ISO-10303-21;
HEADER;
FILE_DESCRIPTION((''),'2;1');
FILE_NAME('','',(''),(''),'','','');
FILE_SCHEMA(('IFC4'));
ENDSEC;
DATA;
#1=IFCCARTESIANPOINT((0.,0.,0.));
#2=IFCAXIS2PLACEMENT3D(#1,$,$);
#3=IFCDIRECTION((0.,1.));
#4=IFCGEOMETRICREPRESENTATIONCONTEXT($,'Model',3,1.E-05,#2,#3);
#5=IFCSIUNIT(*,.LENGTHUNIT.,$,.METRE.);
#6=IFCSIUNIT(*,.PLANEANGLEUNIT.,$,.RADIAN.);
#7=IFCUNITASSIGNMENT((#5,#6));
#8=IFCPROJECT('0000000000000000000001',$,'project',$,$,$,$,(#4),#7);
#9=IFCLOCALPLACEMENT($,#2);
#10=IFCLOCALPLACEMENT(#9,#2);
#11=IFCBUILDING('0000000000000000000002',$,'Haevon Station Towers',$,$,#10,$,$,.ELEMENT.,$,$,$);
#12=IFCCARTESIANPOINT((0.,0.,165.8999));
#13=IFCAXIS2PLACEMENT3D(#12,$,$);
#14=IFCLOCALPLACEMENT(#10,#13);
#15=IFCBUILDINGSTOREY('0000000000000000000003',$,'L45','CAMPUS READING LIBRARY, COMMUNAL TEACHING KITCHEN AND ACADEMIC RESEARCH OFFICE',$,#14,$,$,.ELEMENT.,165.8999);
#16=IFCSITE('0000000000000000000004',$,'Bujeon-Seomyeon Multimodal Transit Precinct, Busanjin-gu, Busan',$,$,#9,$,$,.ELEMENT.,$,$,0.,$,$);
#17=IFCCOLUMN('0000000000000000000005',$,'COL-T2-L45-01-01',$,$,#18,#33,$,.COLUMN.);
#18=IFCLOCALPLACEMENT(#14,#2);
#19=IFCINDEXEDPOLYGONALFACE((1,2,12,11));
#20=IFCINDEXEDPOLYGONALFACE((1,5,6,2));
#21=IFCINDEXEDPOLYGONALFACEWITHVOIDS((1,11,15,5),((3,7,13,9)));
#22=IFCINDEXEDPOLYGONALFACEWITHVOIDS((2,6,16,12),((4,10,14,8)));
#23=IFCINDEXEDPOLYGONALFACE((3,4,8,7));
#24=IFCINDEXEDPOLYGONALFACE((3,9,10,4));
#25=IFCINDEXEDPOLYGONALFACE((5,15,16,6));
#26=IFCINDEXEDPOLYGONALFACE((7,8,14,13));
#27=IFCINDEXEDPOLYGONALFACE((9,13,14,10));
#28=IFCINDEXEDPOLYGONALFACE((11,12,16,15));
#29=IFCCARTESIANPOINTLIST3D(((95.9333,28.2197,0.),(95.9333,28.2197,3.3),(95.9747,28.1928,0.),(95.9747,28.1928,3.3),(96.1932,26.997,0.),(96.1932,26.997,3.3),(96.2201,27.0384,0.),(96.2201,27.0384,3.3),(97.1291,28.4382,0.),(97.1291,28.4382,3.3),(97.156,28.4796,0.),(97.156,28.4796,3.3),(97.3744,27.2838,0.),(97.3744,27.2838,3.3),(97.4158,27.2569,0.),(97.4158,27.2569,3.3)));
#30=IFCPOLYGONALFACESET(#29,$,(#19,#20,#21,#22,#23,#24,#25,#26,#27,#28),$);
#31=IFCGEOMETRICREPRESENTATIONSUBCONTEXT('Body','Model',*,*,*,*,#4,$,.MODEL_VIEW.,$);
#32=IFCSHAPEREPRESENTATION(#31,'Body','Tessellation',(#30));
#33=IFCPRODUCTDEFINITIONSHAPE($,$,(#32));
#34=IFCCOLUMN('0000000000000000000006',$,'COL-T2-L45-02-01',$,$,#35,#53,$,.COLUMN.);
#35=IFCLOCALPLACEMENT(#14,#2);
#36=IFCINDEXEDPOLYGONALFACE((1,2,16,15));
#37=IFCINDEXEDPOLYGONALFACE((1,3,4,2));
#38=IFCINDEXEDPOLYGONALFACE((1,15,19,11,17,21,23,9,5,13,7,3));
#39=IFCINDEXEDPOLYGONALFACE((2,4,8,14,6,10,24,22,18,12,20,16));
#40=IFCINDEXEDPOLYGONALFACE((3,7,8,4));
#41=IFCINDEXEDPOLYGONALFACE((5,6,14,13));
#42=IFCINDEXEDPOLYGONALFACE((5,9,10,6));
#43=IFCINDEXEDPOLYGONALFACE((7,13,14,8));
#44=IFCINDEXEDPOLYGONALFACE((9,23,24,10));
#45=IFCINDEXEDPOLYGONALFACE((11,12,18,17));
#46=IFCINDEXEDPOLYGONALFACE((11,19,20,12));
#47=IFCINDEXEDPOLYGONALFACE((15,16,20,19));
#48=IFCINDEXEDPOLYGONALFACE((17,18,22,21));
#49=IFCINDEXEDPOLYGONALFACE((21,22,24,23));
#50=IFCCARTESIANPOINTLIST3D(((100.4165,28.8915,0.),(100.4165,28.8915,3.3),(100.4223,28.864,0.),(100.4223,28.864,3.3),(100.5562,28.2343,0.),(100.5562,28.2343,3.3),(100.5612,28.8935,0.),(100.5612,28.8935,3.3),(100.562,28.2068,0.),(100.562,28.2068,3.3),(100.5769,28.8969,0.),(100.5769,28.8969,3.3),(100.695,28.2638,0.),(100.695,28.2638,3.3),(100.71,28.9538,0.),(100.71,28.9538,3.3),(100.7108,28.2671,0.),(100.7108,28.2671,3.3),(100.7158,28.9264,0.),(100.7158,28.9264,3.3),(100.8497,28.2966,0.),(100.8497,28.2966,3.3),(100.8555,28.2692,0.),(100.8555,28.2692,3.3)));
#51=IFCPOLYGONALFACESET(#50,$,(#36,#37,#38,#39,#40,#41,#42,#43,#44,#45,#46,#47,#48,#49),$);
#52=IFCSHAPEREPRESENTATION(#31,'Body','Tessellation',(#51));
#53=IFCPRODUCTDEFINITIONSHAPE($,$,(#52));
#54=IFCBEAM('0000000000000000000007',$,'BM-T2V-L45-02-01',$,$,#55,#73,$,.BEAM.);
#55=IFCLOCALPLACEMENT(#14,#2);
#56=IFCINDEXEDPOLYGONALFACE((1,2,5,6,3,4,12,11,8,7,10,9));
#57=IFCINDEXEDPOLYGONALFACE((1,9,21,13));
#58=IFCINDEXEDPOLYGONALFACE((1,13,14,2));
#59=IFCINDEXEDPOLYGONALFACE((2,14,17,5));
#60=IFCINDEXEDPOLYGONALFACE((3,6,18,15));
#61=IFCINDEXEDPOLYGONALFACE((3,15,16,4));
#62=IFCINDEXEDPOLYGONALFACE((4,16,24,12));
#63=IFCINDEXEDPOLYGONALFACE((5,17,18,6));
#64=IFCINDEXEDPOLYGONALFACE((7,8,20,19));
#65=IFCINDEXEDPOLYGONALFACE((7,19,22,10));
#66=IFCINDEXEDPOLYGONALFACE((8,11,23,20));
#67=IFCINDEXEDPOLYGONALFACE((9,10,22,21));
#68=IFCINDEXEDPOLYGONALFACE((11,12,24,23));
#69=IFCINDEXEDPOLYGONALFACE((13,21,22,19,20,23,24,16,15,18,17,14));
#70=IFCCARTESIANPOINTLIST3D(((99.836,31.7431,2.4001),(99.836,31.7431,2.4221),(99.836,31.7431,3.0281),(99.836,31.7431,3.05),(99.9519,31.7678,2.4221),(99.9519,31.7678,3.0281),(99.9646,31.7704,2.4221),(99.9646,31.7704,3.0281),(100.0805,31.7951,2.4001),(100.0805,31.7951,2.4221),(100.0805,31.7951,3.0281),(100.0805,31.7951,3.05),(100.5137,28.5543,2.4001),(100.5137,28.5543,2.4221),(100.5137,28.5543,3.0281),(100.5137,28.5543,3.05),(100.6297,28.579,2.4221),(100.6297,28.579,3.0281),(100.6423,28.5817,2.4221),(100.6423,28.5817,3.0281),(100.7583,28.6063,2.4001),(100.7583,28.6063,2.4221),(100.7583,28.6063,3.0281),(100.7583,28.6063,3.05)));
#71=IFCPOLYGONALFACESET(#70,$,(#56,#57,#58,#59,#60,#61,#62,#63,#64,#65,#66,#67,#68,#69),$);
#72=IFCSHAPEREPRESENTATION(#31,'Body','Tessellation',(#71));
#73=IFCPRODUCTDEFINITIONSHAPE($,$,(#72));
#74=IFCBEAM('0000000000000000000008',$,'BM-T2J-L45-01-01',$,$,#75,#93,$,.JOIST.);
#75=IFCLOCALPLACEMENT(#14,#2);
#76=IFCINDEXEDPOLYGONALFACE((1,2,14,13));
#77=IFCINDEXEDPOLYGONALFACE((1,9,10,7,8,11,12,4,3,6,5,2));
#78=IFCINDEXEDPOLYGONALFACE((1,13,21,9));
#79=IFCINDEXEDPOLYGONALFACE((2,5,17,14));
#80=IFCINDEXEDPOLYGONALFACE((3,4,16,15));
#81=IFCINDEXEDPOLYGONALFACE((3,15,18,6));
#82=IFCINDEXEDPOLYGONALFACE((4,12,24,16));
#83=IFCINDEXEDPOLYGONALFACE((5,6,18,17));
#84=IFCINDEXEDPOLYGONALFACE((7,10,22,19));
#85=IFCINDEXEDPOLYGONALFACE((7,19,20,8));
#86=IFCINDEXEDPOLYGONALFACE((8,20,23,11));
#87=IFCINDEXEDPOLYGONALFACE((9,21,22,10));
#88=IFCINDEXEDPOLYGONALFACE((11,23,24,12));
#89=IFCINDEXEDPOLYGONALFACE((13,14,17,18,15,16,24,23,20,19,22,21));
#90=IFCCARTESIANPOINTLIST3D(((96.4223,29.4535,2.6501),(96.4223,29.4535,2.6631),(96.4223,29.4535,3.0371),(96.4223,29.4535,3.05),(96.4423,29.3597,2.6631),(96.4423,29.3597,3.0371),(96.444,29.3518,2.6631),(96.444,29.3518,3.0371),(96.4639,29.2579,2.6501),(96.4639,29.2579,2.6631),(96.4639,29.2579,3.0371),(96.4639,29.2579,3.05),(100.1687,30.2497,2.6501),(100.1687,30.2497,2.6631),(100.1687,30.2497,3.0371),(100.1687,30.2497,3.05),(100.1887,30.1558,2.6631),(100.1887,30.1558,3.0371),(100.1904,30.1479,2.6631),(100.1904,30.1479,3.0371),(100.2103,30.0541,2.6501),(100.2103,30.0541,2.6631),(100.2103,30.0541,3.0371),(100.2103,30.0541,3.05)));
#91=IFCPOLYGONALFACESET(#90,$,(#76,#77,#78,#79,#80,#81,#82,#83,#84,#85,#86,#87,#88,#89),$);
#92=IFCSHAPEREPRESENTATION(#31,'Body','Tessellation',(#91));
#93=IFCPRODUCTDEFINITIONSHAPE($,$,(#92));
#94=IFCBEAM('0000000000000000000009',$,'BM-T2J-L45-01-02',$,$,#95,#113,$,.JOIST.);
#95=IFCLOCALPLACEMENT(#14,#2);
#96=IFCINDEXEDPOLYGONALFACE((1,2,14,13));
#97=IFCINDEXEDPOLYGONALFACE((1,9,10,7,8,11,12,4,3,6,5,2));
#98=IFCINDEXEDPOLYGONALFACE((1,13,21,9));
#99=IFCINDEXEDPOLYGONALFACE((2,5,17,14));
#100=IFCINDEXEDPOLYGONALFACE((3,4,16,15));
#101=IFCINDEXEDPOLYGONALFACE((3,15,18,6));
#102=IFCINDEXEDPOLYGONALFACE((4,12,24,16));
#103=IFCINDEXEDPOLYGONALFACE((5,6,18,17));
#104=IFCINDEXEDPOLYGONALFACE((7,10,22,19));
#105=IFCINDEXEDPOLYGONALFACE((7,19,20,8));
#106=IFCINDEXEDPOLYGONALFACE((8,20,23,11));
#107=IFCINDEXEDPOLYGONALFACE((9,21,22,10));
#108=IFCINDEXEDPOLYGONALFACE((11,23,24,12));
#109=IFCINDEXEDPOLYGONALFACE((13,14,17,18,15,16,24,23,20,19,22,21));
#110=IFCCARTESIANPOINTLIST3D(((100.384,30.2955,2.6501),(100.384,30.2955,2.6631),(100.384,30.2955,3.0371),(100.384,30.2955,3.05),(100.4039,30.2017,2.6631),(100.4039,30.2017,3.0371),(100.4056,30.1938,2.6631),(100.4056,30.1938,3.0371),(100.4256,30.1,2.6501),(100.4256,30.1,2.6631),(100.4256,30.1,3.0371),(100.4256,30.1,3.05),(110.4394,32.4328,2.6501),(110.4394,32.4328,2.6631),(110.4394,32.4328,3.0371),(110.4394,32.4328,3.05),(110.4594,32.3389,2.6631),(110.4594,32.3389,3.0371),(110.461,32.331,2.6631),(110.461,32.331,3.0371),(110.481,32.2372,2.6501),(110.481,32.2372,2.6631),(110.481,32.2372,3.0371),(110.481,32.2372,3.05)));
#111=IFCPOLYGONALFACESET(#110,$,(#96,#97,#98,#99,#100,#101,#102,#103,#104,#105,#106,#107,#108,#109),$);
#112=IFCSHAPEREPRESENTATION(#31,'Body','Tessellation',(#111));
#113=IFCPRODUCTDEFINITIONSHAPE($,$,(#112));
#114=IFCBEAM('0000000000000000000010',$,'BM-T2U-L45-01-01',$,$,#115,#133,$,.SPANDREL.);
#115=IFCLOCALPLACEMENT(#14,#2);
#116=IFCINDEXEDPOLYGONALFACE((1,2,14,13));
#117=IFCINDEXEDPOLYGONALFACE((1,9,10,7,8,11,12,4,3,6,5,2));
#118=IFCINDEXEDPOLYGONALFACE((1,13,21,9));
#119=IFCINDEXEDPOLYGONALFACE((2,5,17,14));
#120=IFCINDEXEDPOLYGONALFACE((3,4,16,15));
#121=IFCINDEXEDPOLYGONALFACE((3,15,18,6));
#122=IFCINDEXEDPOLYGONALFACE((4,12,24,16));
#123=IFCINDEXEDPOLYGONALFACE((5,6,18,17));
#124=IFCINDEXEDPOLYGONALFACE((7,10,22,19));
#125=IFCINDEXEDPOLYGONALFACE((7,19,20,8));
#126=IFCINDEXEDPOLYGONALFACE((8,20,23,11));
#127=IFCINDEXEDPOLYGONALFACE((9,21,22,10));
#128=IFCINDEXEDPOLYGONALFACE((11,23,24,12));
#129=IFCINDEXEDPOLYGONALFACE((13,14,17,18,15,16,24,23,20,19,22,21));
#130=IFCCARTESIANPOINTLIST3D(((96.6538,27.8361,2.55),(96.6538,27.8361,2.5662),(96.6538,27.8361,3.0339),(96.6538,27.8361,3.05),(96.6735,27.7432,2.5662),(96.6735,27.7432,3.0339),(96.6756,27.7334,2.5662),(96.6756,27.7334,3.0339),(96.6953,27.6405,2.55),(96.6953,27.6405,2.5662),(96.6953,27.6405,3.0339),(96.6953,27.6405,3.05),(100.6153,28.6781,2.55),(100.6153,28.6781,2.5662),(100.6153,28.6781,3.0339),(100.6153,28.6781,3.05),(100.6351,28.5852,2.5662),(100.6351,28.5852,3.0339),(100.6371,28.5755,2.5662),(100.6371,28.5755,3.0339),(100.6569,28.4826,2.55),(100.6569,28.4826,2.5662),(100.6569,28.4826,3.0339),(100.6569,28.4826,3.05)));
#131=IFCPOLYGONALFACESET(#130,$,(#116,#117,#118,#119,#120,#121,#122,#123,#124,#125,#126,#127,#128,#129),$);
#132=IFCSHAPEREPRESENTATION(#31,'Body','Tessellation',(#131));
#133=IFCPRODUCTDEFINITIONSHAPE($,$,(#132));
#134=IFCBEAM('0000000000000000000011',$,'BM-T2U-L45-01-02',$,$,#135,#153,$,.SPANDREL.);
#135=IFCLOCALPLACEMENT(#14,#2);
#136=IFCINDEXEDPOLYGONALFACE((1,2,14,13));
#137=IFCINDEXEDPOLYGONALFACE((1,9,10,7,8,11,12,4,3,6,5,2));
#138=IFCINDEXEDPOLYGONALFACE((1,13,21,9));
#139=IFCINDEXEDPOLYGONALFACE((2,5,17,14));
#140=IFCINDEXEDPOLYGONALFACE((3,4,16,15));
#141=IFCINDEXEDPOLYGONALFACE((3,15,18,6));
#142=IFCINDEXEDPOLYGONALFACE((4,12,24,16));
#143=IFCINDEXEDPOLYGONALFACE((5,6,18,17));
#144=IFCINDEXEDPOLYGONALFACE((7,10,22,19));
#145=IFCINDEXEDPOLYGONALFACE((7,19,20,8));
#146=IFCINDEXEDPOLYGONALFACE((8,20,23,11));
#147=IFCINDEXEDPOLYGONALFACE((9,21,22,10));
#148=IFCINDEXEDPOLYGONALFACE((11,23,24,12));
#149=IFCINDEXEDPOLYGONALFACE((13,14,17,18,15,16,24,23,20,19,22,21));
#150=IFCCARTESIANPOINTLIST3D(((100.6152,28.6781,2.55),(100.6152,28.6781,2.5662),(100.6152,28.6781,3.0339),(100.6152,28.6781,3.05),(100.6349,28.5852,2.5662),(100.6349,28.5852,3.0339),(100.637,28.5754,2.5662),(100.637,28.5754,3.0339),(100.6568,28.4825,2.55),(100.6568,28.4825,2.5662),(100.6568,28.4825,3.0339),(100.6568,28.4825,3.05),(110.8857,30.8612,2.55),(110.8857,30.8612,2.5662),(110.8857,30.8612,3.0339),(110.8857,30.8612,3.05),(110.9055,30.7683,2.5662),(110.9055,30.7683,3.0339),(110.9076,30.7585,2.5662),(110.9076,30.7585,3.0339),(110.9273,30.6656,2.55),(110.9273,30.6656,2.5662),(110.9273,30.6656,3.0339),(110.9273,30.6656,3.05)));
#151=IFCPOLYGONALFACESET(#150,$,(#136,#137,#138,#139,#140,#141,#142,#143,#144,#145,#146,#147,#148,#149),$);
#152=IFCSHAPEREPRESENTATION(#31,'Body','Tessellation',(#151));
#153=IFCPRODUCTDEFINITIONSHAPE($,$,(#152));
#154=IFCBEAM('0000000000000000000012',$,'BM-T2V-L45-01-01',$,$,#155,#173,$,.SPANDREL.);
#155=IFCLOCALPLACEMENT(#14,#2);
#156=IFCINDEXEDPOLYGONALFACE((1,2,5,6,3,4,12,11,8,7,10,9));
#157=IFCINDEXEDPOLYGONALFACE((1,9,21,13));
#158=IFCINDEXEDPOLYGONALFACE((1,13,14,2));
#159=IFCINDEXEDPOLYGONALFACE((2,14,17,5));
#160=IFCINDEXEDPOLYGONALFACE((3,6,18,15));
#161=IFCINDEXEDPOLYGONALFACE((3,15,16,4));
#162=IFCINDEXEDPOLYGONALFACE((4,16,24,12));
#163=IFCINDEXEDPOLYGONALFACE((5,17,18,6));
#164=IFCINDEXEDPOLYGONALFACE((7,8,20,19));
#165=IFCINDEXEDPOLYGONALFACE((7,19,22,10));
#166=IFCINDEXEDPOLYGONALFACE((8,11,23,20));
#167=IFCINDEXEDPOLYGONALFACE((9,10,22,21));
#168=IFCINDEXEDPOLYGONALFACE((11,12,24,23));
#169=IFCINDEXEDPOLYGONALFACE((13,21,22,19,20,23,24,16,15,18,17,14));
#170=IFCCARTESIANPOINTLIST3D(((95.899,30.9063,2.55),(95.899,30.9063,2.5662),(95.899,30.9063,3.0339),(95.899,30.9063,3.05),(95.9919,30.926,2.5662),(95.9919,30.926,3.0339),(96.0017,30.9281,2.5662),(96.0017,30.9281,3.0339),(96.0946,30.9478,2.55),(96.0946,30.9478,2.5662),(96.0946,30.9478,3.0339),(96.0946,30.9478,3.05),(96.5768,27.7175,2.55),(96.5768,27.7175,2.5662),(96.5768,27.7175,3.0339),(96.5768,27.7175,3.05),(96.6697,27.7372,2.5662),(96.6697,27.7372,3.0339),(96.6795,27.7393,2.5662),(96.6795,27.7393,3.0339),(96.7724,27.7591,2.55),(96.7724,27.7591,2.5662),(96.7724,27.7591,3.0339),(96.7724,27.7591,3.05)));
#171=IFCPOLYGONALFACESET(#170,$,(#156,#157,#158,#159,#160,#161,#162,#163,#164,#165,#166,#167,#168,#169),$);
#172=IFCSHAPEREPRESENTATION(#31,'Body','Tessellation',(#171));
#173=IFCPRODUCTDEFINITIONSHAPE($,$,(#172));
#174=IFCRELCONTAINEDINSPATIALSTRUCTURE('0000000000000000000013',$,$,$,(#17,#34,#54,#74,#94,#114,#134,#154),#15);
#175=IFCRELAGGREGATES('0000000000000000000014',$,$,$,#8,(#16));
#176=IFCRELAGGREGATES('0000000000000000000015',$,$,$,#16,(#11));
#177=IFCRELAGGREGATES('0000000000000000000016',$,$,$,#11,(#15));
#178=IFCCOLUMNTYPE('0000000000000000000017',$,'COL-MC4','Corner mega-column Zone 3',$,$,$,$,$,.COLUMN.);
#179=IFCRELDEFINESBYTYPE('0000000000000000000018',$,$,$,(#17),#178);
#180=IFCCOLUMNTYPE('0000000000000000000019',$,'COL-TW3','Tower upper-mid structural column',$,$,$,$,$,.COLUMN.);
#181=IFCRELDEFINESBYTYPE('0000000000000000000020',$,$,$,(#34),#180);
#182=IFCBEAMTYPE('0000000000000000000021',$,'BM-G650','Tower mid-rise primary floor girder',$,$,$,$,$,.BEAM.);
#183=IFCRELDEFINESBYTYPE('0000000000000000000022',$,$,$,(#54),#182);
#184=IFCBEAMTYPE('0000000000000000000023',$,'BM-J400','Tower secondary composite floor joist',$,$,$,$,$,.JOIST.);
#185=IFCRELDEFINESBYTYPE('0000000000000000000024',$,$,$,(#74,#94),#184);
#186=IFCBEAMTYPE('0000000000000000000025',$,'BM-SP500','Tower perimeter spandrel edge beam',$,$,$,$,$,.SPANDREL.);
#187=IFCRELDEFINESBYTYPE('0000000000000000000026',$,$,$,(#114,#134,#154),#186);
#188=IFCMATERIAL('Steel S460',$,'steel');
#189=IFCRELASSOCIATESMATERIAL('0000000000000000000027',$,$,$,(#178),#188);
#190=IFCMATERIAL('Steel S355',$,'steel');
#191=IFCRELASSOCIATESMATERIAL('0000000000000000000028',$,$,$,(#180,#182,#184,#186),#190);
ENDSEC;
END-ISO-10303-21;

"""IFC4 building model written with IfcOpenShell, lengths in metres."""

from ifc_helpers import new_model, si_unit, direction, frame, origin, origin_2d, place, context, subcontext, project, spatial, hollow_rectangle, i_section, extrude, material, material_profile, profile_set, type_object, element, save


model = new_model("IFC4")

# Units and contexts
model_context = context("Model", 3, precision=1e-05, world=origin(), true_north=direction((0.0, 1.0)))
body_context = subcontext(model_context, "Body", "Model", "MODEL_VIEW")
ifc_project = project(units=[si_unit("LENGTHUNIT", "METRE"), si_unit("PLANEANGLEUNIT", "RADIAN")], contexts=[model_context])

# Site, building, storey
site_placement = place(None, origin())
site = spatial("IfcSite", under=ifc_project, at=site_placement, Name="Bujeon-Seomyeon Multimodal Transit Precinct, Busanjin-gu, Busan", CompositionType="ELEMENT", RefElevation=0.0)
building_placement = place(site_placement, origin())
building = spatial("IfcBuilding", under=site, at=building_placement, Name="Haevon Station Towers", CompositionType="ELEMENT")
storey_placement = place(building_placement, frame((0.0, 0.0, 165.8999)))
storey = spatial("IfcBuildingStorey", under=building, at=storey_placement, Name="L45", Description="CAMPUS READING LIBRARY, COMMUNAL TEACHING KITCHEN AND ACADEMIC RESEARCH OFFICE", CompositionType="ELEMENT", Elevation=165.8999)

# Columns
ifc_material_1 = material(Name="Steel S460", Category="steel")
ifc_material_profile_1 = material_profile(ifc_material_1, hollow_rectangle(XDim=1.25, YDim=1.25, WallThickness=0.0349, at=origin_2d()), Name="BOX-1250x1250x35")
ifc_profile_set_1 = profile_set([ifc_material_profile_1], Name="Steel S460")
column_type_1 = type_object("IfcColumnType", Name="COL-MC4", Description="Corner mega-column Zone 3", PredefinedType="COLUMN", material=ifc_profile_set_1)
column_1_placement = place(storey_placement, frame((96.6746, 27.7383, 0.0), z_axis=(0.0, 0.0, 1.0), x_axis=(0.978148, 0.207912, 0.0)))
element("IfcColumn", 1, at=column_1_placement, inside=storey, type_object=column_type_1, Name="COL-T2-L45-01-01", PredefinedType="COLUMN", context=body_context, shape_type="SweptSolid", body=[
    extrude(hollow_rectangle(XDim=1.25, YDim=1.25, WallThickness=0.0349, at=origin_2d()), origin(), (0.0, 0.0, 1.0), 3.3),
])
ifc_material_2 = material(Name="Steel S355", Category="steel")
ifc_material_profile_2 = material_profile(ifc_material_2, i_section(OverallWidth=0.3, OverallDepth=0.7, WebThickness=0.0161, FlangeThickness=0.0281, at=origin_2d()), Name="H-700x300x16x28")
ifc_profile_set_2 = profile_set([ifc_material_profile_2], Name="Steel S355")
column_type_2 = type_object("IfcColumnType", Name="COL-TW3", Description="Tower upper-mid structural column", PredefinedType="COLUMN", material=ifc_profile_set_2)
column_2_placement = place(storey_placement, frame((100.636, 28.5803, 0.0), z_axis=(0.0, 0.0, 1.0), x_axis=(0.978148, 0.207912, 0.0)))
element("IfcColumn", 2, at=column_2_placement, inside=storey, type_object=column_type_2, Name="COL-T2-L45-02-01", PredefinedType="COLUMN", context=body_context, shape_type="SweptSolid", body=[
    extrude(i_section(OverallWidth=0.3, OverallDepth=0.7, WebThickness=0.0161, FlangeThickness=0.0281, at=origin_2d()), origin(), (0.0, 0.0, 1.0), 3.3),
])

# Beams
ifc_material_profile_3 = material_profile(ifc_material_2, i_section(OverallWidth=0.25, OverallDepth=0.6499, WebThickness=0.0129, FlangeThickness=0.022, at=origin_2d()), Name="H-650x250x13x22")
ifc_profile_set_3 = profile_set([ifc_material_profile_3], Name="Steel S355")
beam_type_1 = type_object("IfcBeamType", Name="BM-G650", Description="Tower mid-rise primary floor girder", PredefinedType="BEAM", material=ifc_profile_set_3)
beam_1_placement = place(storey_placement, frame((100.636, 28.5803, 2.7251), z_axis=(-0.207897, 0.978151, 0.0), x_axis=(-0.978151, -0.207897, 0.0)))
element("IfcBeam", 3, at=beam_1_placement, inside=storey, type_object=beam_type_1, Name="BM-T2V-L45-02-01", PredefinedType="BEAM", context=body_context, shape_type="SweptSolid", body=[
    extrude(i_section(OverallWidth=0.25, OverallDepth=0.6499, WebThickness=0.0129, FlangeThickness=0.022, at=origin_2d()), origin(), (0.0, 0.0, 1.0), 3.26),
])
ifc_material_profile_4 = material_profile(ifc_material_2, i_section(OverallWidth=0.2, OverallDepth=0.3999, WebThickness=0.0081, FlangeThickness=0.0129, at=origin_2d()), Name="H-400x200x8x13")
ifc_profile_set_4 = profile_set([ifc_material_profile_4], Name="Steel S355")
beam_type_2 = type_object("IfcBeamType", Name="BM-J400", Description="Tower secondary composite floor joist", PredefinedType="JOIST", material=ifc_profile_set_4)
beam_2_placement = place(storey_placement, frame((96.4431, 29.3557, 2.8501), z_axis=(0.978156, 0.20787, 0.0), x_axis=(-0.20787, 0.978156, 0.0)))
element("IfcBeam", 4, at=beam_2_placement, inside=storey, type_object=beam_type_2, Name="BM-T2J-L45-01-01", PredefinedType="JOIST", context=body_context, shape_type="SweptSolid", body=[
    extrude(i_section(OverallWidth=0.2, OverallDepth=0.3999, WebThickness=0.0081, FlangeThickness=0.0129, at=origin_2d()), origin(), (0.0, 0.0, 1.0), 3.8301),
])
beam_3_placement = place(storey_placement, frame((100.4048, 30.1978, 2.8501), z_axis=(0.97815, 0.207899, 0.0), x_axis=(-0.207899, 0.97815, 0.0)))
element("IfcBeam", 5, at=beam_3_placement, inside=storey, type_object=beam_type_2, Name="BM-T2J-L45-01-02", PredefinedType="JOIST", context=body_context, shape_type="SweptSolid", body=[
    extrude(i_section(OverallWidth=0.2, OverallDepth=0.3999, WebThickness=0.0081, FlangeThickness=0.0129, at=origin_2d()), origin(), (0.0, 0.0, 1.0), 10.28),
])
ifc_material_profile_5 = material_profile(ifc_material_2, i_section(OverallWidth=0.2, OverallDepth=0.5, WebThickness=0.01, FlangeThickness=0.0161, at=origin_2d()), Name="H-500x200x10x16")
ifc_profile_set_5 = profile_set([ifc_material_profile_5], Name="Steel S355")
beam_type_3 = type_object("IfcBeamType", Name="BM-SP500", Description="Tower perimeter spandrel edge beam", PredefinedType="SPANDREL", material=ifc_profile_set_5)
beam_4_placement = place(storey_placement, frame((96.6746, 27.7383, 2.8), z_axis=(0.978147, 0.207915, 0.0), x_axis=(-0.207915, 0.978147, 0.0)))
element("IfcBeam", 6, at=beam_4_placement, inside=storey, type_object=beam_type_3, Name="BM-T2U-L45-01-01", PredefinedType="SPANDREL", context=body_context, shape_type="SweptSolid", body=[
    extrude(i_section(OverallWidth=0.2, OverallDepth=0.5, WebThickness=0.01, FlangeThickness=0.0161, at=origin_2d()), origin(), (0.0, 0.0, 1.0), 4.05),
])
beam_5_placement = place(storey_placement, frame((100.636, 28.5803, 2.8), z_axis=(0.978147, 0.207915, 0.0), x_axis=(-0.207915, 0.978147, 0.0)))
element("IfcBeam", 7, at=beam_5_placement, inside=storey, type_object=beam_type_3, Name="BM-T2U-L45-01-02", PredefinedType="SPANDREL", context=body_context, shape_type="SweptSolid", body=[
    extrude(i_section(OverallWidth=0.2, OverallDepth=0.5, WebThickness=0.01, FlangeThickness=0.0161, at=origin_2d()), origin(), (0.0, 0.0, 1.0), 10.5),
])
beam_6_placement = place(storey_placement, frame((96.6746, 27.7383, 2.8), z_axis=(-0.207897, 0.978151, 0.0), x_axis=(-0.978151, -0.207897, 0.0)))
element("IfcBeam", 8, at=beam_6_placement, inside=storey, type_object=beam_type_3, Name="BM-T2V-L45-01-01", PredefinedType="SPANDREL", context=body_context, shape_type="SweptSolid", body=[
    extrude(i_section(OverallWidth=0.2, OverallDepth=0.5, WebThickness=0.01, FlangeThickness=0.0161, at=origin_2d()), origin(), (0.0, 0.0, 1.0), 3.26),
])

save(model, "model.ifc")
